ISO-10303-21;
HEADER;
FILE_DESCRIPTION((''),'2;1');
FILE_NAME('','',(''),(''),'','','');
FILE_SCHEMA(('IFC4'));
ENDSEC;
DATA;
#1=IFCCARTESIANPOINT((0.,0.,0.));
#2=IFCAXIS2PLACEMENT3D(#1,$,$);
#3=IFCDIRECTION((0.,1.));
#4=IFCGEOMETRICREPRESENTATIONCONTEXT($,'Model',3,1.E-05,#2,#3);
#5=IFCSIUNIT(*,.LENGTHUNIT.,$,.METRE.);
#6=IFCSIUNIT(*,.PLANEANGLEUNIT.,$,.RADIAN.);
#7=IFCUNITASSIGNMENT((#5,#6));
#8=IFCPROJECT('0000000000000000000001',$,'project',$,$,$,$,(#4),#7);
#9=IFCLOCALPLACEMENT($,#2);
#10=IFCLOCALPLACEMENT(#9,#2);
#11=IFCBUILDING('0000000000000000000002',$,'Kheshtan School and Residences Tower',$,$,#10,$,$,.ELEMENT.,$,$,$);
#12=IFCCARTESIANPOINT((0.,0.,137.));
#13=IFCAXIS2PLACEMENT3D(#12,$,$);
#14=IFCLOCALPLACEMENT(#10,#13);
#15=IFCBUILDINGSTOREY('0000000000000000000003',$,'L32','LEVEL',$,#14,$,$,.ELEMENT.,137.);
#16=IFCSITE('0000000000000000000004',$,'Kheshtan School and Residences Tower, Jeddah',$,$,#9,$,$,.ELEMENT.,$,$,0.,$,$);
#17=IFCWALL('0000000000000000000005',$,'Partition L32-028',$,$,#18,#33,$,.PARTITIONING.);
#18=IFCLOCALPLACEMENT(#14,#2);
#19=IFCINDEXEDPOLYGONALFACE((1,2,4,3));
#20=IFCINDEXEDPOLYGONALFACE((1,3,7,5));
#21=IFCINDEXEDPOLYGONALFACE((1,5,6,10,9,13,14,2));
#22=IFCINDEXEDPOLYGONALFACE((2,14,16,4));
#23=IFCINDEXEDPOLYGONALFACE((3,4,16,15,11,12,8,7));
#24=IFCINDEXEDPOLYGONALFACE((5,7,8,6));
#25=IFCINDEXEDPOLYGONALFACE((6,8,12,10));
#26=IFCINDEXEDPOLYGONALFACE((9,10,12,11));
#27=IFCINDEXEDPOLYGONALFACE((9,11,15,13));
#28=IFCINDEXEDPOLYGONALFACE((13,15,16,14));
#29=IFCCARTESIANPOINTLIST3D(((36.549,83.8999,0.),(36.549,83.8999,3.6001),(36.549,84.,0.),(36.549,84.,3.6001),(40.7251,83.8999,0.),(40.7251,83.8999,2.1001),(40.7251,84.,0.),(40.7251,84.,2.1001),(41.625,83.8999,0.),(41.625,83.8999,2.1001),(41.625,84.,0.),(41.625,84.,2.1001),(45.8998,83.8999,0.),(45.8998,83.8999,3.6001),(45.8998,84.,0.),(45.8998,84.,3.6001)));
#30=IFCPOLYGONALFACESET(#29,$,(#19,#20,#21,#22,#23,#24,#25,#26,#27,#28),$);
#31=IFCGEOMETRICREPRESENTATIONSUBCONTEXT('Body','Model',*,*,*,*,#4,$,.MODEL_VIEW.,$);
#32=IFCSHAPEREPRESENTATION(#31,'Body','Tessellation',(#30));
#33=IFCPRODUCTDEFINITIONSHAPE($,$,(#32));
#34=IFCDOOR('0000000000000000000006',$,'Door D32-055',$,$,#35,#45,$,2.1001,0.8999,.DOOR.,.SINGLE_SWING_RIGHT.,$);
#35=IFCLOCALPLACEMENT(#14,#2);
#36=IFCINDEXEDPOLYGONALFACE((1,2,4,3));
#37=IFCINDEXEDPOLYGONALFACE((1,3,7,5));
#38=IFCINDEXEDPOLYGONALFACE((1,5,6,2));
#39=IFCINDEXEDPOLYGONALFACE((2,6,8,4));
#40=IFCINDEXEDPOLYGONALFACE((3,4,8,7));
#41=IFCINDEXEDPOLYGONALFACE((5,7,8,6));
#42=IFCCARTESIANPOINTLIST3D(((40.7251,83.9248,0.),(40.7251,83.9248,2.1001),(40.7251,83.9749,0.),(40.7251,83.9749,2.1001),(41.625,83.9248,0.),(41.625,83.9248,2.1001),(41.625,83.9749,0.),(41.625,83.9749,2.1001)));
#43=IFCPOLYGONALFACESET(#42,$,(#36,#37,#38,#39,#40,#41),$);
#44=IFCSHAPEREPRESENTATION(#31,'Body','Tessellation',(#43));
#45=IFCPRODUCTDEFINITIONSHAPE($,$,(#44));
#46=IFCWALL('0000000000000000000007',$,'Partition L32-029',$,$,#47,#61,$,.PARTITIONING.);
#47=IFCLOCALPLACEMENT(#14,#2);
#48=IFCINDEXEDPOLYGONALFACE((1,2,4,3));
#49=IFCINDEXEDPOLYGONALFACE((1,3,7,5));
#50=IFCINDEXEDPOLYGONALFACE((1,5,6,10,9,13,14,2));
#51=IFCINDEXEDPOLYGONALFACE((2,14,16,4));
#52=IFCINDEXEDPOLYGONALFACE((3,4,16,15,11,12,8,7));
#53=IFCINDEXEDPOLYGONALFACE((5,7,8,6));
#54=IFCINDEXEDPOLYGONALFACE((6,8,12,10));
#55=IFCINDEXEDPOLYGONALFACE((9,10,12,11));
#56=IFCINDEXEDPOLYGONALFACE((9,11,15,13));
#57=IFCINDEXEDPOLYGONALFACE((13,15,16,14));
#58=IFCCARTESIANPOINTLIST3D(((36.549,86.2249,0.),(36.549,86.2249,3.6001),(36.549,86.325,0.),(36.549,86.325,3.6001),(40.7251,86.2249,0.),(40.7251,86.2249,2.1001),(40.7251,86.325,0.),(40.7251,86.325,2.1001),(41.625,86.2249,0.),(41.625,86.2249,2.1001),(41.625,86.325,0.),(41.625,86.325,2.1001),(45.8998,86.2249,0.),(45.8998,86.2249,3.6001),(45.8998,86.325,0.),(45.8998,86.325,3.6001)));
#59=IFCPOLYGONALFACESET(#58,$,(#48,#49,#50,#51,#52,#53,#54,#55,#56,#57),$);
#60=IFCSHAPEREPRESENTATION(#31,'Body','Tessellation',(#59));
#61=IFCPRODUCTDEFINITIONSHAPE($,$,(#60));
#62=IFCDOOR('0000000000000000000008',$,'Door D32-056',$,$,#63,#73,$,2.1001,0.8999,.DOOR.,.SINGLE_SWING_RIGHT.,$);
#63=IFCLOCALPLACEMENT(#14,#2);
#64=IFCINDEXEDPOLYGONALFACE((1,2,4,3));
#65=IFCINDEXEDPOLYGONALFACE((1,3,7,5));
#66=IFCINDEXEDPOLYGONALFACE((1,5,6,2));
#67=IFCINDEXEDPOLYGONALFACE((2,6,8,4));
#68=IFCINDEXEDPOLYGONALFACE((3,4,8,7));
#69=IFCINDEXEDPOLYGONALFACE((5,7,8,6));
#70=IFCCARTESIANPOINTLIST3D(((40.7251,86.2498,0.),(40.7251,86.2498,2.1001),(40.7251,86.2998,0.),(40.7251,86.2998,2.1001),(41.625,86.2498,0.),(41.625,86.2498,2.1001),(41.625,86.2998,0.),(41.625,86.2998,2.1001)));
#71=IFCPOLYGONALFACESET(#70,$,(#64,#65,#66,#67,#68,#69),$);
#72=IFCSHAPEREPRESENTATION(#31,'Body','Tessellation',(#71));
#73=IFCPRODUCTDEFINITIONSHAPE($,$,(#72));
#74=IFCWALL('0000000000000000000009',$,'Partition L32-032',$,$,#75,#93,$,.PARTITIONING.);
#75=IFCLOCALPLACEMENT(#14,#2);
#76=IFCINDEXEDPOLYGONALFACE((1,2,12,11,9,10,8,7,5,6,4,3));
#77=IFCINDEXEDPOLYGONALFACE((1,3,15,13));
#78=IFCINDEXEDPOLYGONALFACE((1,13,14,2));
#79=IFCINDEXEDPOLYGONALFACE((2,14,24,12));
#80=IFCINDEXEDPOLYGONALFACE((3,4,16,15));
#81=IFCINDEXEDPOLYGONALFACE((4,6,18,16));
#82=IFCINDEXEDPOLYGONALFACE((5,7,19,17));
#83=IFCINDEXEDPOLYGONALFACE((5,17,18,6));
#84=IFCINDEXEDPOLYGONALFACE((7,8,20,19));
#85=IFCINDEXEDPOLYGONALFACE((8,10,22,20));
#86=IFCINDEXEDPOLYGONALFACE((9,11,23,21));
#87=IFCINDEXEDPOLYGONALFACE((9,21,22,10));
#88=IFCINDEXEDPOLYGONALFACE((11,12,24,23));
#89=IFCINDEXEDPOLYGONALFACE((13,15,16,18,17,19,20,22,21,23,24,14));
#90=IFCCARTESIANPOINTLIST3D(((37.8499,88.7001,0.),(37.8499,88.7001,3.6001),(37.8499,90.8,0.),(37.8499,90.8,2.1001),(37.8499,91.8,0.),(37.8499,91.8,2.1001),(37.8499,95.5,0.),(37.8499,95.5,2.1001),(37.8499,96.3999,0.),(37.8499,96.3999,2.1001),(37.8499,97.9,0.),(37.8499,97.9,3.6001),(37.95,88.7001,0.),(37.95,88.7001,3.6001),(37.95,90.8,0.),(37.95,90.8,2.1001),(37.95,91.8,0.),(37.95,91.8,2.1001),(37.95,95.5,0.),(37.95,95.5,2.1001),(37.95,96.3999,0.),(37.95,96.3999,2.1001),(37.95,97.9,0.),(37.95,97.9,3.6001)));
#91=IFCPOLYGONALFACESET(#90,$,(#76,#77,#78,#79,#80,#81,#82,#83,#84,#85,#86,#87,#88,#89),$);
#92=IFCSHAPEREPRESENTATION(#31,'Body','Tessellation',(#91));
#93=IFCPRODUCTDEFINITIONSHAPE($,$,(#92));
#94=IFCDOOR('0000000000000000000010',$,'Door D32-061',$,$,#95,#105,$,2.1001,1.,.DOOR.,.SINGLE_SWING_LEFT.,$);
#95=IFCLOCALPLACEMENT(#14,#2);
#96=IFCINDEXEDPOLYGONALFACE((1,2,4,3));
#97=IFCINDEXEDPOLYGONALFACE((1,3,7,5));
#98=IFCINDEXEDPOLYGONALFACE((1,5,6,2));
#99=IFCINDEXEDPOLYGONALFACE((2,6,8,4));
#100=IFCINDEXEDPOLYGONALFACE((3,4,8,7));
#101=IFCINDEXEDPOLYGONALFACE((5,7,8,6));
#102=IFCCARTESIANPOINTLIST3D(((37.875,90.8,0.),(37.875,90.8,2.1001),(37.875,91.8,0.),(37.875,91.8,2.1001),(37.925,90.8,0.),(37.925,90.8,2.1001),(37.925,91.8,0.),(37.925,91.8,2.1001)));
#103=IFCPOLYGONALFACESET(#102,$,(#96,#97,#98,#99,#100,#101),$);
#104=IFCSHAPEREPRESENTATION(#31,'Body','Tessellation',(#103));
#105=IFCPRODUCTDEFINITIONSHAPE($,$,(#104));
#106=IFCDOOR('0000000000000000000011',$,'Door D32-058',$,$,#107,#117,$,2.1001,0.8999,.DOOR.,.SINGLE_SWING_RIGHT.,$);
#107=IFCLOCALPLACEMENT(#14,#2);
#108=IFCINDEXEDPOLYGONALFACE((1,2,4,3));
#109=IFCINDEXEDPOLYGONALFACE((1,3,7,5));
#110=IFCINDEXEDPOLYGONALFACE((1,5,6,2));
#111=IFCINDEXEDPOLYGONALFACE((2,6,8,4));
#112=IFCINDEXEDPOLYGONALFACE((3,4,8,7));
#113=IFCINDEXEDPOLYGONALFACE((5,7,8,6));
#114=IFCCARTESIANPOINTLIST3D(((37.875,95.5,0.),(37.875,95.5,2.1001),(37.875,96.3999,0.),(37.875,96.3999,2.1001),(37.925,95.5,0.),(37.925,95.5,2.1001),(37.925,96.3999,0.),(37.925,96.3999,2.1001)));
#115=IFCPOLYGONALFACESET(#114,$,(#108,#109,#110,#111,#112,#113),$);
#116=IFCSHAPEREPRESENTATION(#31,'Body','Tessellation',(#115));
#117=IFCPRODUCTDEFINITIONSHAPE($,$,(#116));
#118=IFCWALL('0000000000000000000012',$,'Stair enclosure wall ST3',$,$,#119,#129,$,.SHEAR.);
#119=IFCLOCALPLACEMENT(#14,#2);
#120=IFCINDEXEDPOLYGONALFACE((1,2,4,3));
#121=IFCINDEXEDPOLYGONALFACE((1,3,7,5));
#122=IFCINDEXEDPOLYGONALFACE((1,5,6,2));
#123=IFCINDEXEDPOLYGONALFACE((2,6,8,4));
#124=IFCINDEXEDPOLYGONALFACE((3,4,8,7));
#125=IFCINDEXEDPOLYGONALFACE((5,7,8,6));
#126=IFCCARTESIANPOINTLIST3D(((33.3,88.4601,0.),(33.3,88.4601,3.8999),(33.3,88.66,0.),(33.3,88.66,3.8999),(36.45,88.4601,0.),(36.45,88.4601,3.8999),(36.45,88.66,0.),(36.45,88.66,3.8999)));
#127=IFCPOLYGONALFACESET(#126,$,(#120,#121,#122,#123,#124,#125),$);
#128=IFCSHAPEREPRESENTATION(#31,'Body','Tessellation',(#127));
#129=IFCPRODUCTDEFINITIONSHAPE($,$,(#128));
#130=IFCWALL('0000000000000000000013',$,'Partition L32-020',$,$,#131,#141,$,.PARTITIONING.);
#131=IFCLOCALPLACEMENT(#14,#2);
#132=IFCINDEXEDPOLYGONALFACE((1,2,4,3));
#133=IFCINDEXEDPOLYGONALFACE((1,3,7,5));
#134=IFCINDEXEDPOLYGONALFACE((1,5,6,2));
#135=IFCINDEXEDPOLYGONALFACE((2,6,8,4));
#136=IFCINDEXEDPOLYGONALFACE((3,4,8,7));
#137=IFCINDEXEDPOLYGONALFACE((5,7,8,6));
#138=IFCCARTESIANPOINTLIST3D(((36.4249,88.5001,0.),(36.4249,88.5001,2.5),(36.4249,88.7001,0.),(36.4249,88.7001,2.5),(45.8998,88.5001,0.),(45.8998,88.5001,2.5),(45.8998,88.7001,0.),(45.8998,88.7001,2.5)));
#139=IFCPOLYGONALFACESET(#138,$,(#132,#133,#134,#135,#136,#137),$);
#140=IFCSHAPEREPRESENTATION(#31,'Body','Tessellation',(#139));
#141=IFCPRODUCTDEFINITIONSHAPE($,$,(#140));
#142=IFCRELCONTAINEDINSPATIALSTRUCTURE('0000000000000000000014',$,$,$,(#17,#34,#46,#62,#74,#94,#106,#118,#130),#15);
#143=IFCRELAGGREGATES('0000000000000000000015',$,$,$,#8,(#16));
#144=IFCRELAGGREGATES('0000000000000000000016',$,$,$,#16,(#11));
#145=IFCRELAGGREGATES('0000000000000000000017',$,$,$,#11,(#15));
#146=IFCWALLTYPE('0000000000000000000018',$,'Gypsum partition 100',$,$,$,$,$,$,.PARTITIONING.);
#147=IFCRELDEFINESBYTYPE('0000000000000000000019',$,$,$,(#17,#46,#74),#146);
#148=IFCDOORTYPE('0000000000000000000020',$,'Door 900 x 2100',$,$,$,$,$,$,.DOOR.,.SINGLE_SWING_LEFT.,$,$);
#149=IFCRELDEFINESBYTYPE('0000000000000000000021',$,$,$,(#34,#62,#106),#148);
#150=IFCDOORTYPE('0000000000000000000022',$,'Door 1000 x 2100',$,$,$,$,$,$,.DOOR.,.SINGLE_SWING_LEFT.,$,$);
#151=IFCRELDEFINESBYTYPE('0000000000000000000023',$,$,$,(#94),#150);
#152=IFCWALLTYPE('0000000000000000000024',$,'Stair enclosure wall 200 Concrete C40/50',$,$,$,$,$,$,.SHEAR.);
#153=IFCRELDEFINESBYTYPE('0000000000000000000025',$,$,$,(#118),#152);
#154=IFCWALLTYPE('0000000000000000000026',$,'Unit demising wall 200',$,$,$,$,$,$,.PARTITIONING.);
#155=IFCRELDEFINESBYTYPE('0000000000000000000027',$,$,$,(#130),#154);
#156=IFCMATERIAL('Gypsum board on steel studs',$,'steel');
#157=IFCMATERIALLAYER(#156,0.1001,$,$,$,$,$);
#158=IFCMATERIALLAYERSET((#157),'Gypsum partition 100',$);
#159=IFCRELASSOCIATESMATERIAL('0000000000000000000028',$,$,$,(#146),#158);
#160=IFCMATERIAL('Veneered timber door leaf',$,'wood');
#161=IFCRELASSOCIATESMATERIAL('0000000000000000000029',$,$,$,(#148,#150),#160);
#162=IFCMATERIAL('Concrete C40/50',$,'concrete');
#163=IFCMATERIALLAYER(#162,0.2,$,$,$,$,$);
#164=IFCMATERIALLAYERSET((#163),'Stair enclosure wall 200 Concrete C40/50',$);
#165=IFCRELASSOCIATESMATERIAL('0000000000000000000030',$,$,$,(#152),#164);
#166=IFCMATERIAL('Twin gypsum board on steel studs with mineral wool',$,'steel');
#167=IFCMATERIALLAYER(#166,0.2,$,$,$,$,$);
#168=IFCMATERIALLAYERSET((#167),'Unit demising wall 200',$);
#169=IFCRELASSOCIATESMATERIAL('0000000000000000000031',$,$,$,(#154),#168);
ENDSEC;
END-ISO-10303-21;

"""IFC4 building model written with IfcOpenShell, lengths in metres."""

from ifc_helpers import new_model, si_unit, direction, frame, frame_2d, origin, place, context, subcontext, project, spatial, rectangle, extrude, source, transform, mapped, material, layer, layer_set, type_object, element, fill, save


model = new_model("IFC4")

# Units and contexts
model_context = context("Model", 3, precision=1e-05, world=origin(), true_north=direction((0.0, 1.0)))
body_context = subcontext(model_context, "Body", "Model", "MODEL_VIEW")
ifc_project = project(units=[si_unit("LENGTHUNIT", "METRE"), si_unit("PLANEANGLEUNIT", "RADIAN")], contexts=[model_context])

# Site, building, storey
site_placement = place(None, origin())
site = spatial("IfcSite", under=ifc_project, at=site_placement, Name="Kheshtan School and Residences Tower, Jeddah", CompositionType="ELEMENT", RefElevation=0.0)
building_placement = place(site_placement, origin())
building = spatial("IfcBuilding", under=site, at=building_placement, Name="Kheshtan School and Residences Tower", CompositionType="ELEMENT")
storey_placement = place(building_placement, frame((0.0, 0.0, 137.0)))
storey = spatial("IfcBuildingStorey", under=building, at=storey_placement, Name="L32", Description="LEVEL", CompositionType="ELEMENT", Elevation=137.0)

# Walls, openings, doors
ifc_material_1 = material(Name="Gypsum board on steel studs", Category="steel")
ifc_layer_1 = layer(ifc_material_1, 0.1001)
ifc_layer_set_1 = layer_set([ifc_layer_1], Name="Gypsum partition 100")
wall_type_1 = type_object("IfcWallType", Name="Gypsum partition 100", PredefinedType="PARTITIONING", material=ifc_layer_set_1)
ifc_material_2 = material(Name="Veneered timber door leaf", Category="wood")
door_type_1 = type_object("IfcDoorType", Name="Door 900 x 2100", OperationType="SINGLE_SWING_LEFT", PredefinedType="DOOR", material=ifc_material_2)
shared_shape_1 = source(origin(), body_context, "Body", "SweptSolid", [
    extrude(rectangle(XDim=0.8999, YDim=2.1001, at=frame_2d((0.45, 1.05))), frame((0.0, 0.0249, 0.0), z_axis=(0.0, -1.0, 0.0), x_axis=(1.0, 0.0, 0.0)), (0.0, 0.0, 1.0), 0.05),
])
wall_1_placement = place(storey_placement, frame((36.5491, 83.95, 0.0), z_axis=(0.0, 0.0, 1.0), x_axis=(1.0, 0.0, 0.0)))
wall_1 = element("IfcWall", 1, at=wall_1_placement, inside=storey, type_object=wall_type_1, Name="Partition L32-028", PredefinedType="PARTITIONING", context=body_context, shape_type="SweptSolid", body=[
    extrude(rectangle(XDim=9.3508, YDim=0.1001, at=frame_2d((4.6753, 0.0))), origin(), (0.0, 0.0, 1.0), 3.6001),
])
opening_1_placement = place(wall_1_placement, frame((4.176, 0.0, 0.0)))
opening_1 = element("IfcOpeningElement", 2, at=opening_1_placement, cuts=wall_1, PredefinedType="OPENING", context=body_context, shape_type="SweptSolid", body=[
    extrude(rectangle(XDim=0.8999, YDim=2.1001, at=frame_2d((0.45, 1.05))), frame((0.0, 0.0601, 0.0), z_axis=(0.0, -1.0, 0.0), x_axis=(1.0, 0.0, 0.0)), (0.0, 0.0, 1.0), 0.1201),
])
door_1_placement = place(opening_1_placement, origin())
door_1 = element("IfcDoor", 3, at=door_1_placement, inside=storey, type_object=door_type_1, Name="Door D32-055", OperationType="SINGLE_SWING_RIGHT", OverallHeight=2.1001, OverallWidth=0.8999, PredefinedType="DOOR", context=body_context, shape_type="MappedRepresentation", body=[
    mapped(shared_shape_1, transform((0.0, 0.0, 0.0), x_axis=(1.0, 0.0, 0.0), y_axis=(0.0, 1.0, 0.0), z_axis=(0.0, 0.0, 1.0), scale=1.0)),
])
fill(opening_1, door_1)
wall_2_placement = place(storey_placement, frame((36.5491, 86.2749, 0.0), z_axis=(0.0, 0.0, 1.0), x_axis=(1.0, 0.0, 0.0)))
wall_2 = element("IfcWall", 4, at=wall_2_placement, inside=storey, type_object=wall_type_1, Name="Partition L32-029", PredefinedType="PARTITIONING", context=body_context, shape_type="SweptSolid", body=[
    extrude(rectangle(XDim=9.3508, YDim=0.1001, at=frame_2d((4.6753, 0.0))), origin(), (0.0, 0.0, 1.0), 3.6001),
])
opening_2_placement = place(wall_2_placement, frame((4.176, 0.0, 0.0)))
opening_2 = element("IfcOpeningElement", 5, at=opening_2_placement, cuts=wall_2, PredefinedType="OPENING", context=body_context, shape_type="SweptSolid", body=[
    extrude(rectangle(XDim=0.8999, YDim=2.1001, at=frame_2d((0.45, 1.05))), frame((0.0, 0.0601, 0.0), z_axis=(0.0, -1.0, 0.0), x_axis=(1.0, 0.0, 0.0)), (0.0, 0.0, 1.0), 0.1201),
])
door_2_placement = place(opening_2_placement, origin())
door_2 = element("IfcDoor", 6, at=door_2_placement, inside=storey, type_object=door_type_1, Name="Door D32-056", OperationType="SINGLE_SWING_RIGHT", OverallHeight=2.1001, OverallWidth=0.8999, PredefinedType="DOOR", context=body_context, shape_type="MappedRepresentation", body=[
    mapped(shared_shape_1, transform((0.0, 0.0, 0.0), x_axis=(1.0, 0.0, 0.0), y_axis=(0.0, 1.0, 0.0), z_axis=(0.0, 0.0, 1.0), scale=1.0)),
])
fill(opening_2, door_2)

# Wall, openings, doors
wall_3_placement = place(storey_placement, frame((37.8999, 88.7, 0.0), z_axis=(0.0, 0.0, 1.0), x_axis=(0.0, 1.0, 0.0)))
wall_3 = element("IfcWall", 7, at=wall_3_placement, inside=storey, type_object=wall_type_1, Name="Partition L32-032", PredefinedType="PARTITIONING", context=body_context, shape_type="SweptSolid", body=[
    extrude(rectangle(XDim=9.2, YDim=0.1001, at=frame_2d((4.6001, 0.0))), origin(), (0.0, 0.0, 1.0), 3.6001),
])
opening_3_placement = place(wall_3_placement, frame((6.8, 0.0, 0.0)))
opening_3 = element("IfcOpeningElement", 8, at=opening_3_placement, cuts=wall_3, PredefinedType="OPENING", context=body_context, shape_type="SweptSolid", body=[
    extrude(rectangle(XDim=0.8999, YDim=2.1001, at=frame_2d((0.45, 1.05))), frame((0.0, 0.0601, 0.0), z_axis=(0.0, -1.0, 0.0), x_axis=(1.0, 0.0, 0.0)), (0.0, 0.0, 1.0), 0.1201),
])
opening_4_placement = place(wall_3_placement, frame((2.1001, 0.0, 0.0)))
opening_4 = element("IfcOpeningElement", 9, at=opening_4_placement, cuts=wall_3, PredefinedType="OPENING", context=body_context, shape_type="SweptSolid", body=[
    extrude(rectangle(XDim=1.0, YDim=2.1001, at=frame_2d((0.5, 1.05))), frame((0.0, 0.0601, 0.0), z_axis=(0.0, -1.0, 0.0), x_axis=(1.0, 0.0, 0.0)), (0.0, 0.0, 1.0), 0.1201),
])
door_type_2 = type_object("IfcDoorType", Name="Door 1000 x 2100", OperationType="SINGLE_SWING_LEFT", PredefinedType="DOOR", material=ifc_material_2)
shared_shape_2 = source(origin(), body_context, "Body", "SweptSolid", [
    extrude(rectangle(XDim=1.0, YDim=2.1001, at=frame_2d((0.5, 1.05))), frame((0.0, 0.0249, 0.0), z_axis=(0.0, -1.0, 0.0), x_axis=(1.0, 0.0, 0.0)), (0.0, 0.0, 1.0), 0.05),
])
door_3_placement = place(opening_4_placement, origin())
door_3 = element("IfcDoor", 10, at=door_3_placement, inside=storey, type_object=door_type_2, Name="Door D32-061", OperationType="SINGLE_SWING_LEFT", OverallHeight=2.1001, OverallWidth=1.0, PredefinedType="DOOR", context=body_context, shape_type="MappedRepresentation", body=[
    mapped(shared_shape_2, transform((0.0, 0.0, 0.0), x_axis=(1.0, 0.0, 0.0), y_axis=(0.0, 1.0, 0.0), z_axis=(0.0, 0.0, 1.0), scale=1.0)),
])
fill(opening_4, door_3)
door_4_placement = place(opening_3_placement, origin())
door_4 = element("IfcDoor", 11, at=door_4_placement, inside=storey, type_object=door_type_1, Name="Door D32-058", OperationType="SINGLE_SWING_RIGHT", OverallHeight=2.1001, OverallWidth=0.8999, PredefinedType="DOOR", context=body_context, shape_type="MappedRepresentation", body=[
    mapped(shared_shape_1, transform((0.0, 0.0, 0.0), x_axis=(1.0, 0.0, 0.0), y_axis=(0.0, 1.0, 0.0), z_axis=(0.0, 0.0, 1.0), scale=1.0)),
])
fill(opening_3, door_4)

# Walls
ifc_material_3 = material(Name="Concrete C40/50", Category="concrete")
ifc_layer_2 = layer(ifc_material_3, 0.2)
ifc_layer_set_2 = layer_set([ifc_layer_2], Name="Stair enclosure wall 200 Concrete C40/50")
wall_type_2 = type_object("IfcWallType", Name="Stair enclosure wall 200 Concrete C40/50", PredefinedType="SHEAR", material=ifc_layer_set_2)
wall_4_placement = place(storey_placement, frame((33.3, 88.5601, 0.0), z_axis=(0.0, 0.0, 1.0), x_axis=(1.0, 0.0, 0.0)))
element("IfcWall", 12, at=wall_4_placement, inside=storey, type_object=wall_type_2, Name="Stair enclosure wall ST3", PredefinedType="SHEAR", context=body_context, shape_type="SweptSolid", body=[
    extrude(rectangle(XDim=3.1499, YDim=0.2, at=frame_2d((1.575, 0.0))), origin(), (0.0, 0.0, 1.0), 3.8999),
])
ifc_material_4 = material(Name="Twin gypsum board on steel studs with mineral wool", Category="steel")
ifc_layer_3 = layer(ifc_material_4, 0.2)
ifc_layer_set_3 = layer_set([ifc_layer_3], Name="Unit demising wall 200")
wall_type_3 = type_object("IfcWallType", Name="Unit demising wall 200", PredefinedType="PARTITIONING", material=ifc_layer_set_3)
wall_5_placement = place(storey_placement, frame((36.425, 88.6001, 0.0), z_axis=(0.0, 0.0, 1.0), x_axis=(1.0, 0.0, 0.0)))
element("IfcWall", 13, at=wall_5_placement, inside=storey, type_object=wall_type_3, Name="Partition L32-020", PredefinedType="PARTITIONING", context=body_context, shape_type="SweptSolid", body=[
    extrude(rectangle(XDim=9.4749, YDim=0.2, at=frame_2d((4.7373, 0.0))), origin(), (0.0, 0.0, 1.0), 2.5),
])

save(model, "model.ifc")
